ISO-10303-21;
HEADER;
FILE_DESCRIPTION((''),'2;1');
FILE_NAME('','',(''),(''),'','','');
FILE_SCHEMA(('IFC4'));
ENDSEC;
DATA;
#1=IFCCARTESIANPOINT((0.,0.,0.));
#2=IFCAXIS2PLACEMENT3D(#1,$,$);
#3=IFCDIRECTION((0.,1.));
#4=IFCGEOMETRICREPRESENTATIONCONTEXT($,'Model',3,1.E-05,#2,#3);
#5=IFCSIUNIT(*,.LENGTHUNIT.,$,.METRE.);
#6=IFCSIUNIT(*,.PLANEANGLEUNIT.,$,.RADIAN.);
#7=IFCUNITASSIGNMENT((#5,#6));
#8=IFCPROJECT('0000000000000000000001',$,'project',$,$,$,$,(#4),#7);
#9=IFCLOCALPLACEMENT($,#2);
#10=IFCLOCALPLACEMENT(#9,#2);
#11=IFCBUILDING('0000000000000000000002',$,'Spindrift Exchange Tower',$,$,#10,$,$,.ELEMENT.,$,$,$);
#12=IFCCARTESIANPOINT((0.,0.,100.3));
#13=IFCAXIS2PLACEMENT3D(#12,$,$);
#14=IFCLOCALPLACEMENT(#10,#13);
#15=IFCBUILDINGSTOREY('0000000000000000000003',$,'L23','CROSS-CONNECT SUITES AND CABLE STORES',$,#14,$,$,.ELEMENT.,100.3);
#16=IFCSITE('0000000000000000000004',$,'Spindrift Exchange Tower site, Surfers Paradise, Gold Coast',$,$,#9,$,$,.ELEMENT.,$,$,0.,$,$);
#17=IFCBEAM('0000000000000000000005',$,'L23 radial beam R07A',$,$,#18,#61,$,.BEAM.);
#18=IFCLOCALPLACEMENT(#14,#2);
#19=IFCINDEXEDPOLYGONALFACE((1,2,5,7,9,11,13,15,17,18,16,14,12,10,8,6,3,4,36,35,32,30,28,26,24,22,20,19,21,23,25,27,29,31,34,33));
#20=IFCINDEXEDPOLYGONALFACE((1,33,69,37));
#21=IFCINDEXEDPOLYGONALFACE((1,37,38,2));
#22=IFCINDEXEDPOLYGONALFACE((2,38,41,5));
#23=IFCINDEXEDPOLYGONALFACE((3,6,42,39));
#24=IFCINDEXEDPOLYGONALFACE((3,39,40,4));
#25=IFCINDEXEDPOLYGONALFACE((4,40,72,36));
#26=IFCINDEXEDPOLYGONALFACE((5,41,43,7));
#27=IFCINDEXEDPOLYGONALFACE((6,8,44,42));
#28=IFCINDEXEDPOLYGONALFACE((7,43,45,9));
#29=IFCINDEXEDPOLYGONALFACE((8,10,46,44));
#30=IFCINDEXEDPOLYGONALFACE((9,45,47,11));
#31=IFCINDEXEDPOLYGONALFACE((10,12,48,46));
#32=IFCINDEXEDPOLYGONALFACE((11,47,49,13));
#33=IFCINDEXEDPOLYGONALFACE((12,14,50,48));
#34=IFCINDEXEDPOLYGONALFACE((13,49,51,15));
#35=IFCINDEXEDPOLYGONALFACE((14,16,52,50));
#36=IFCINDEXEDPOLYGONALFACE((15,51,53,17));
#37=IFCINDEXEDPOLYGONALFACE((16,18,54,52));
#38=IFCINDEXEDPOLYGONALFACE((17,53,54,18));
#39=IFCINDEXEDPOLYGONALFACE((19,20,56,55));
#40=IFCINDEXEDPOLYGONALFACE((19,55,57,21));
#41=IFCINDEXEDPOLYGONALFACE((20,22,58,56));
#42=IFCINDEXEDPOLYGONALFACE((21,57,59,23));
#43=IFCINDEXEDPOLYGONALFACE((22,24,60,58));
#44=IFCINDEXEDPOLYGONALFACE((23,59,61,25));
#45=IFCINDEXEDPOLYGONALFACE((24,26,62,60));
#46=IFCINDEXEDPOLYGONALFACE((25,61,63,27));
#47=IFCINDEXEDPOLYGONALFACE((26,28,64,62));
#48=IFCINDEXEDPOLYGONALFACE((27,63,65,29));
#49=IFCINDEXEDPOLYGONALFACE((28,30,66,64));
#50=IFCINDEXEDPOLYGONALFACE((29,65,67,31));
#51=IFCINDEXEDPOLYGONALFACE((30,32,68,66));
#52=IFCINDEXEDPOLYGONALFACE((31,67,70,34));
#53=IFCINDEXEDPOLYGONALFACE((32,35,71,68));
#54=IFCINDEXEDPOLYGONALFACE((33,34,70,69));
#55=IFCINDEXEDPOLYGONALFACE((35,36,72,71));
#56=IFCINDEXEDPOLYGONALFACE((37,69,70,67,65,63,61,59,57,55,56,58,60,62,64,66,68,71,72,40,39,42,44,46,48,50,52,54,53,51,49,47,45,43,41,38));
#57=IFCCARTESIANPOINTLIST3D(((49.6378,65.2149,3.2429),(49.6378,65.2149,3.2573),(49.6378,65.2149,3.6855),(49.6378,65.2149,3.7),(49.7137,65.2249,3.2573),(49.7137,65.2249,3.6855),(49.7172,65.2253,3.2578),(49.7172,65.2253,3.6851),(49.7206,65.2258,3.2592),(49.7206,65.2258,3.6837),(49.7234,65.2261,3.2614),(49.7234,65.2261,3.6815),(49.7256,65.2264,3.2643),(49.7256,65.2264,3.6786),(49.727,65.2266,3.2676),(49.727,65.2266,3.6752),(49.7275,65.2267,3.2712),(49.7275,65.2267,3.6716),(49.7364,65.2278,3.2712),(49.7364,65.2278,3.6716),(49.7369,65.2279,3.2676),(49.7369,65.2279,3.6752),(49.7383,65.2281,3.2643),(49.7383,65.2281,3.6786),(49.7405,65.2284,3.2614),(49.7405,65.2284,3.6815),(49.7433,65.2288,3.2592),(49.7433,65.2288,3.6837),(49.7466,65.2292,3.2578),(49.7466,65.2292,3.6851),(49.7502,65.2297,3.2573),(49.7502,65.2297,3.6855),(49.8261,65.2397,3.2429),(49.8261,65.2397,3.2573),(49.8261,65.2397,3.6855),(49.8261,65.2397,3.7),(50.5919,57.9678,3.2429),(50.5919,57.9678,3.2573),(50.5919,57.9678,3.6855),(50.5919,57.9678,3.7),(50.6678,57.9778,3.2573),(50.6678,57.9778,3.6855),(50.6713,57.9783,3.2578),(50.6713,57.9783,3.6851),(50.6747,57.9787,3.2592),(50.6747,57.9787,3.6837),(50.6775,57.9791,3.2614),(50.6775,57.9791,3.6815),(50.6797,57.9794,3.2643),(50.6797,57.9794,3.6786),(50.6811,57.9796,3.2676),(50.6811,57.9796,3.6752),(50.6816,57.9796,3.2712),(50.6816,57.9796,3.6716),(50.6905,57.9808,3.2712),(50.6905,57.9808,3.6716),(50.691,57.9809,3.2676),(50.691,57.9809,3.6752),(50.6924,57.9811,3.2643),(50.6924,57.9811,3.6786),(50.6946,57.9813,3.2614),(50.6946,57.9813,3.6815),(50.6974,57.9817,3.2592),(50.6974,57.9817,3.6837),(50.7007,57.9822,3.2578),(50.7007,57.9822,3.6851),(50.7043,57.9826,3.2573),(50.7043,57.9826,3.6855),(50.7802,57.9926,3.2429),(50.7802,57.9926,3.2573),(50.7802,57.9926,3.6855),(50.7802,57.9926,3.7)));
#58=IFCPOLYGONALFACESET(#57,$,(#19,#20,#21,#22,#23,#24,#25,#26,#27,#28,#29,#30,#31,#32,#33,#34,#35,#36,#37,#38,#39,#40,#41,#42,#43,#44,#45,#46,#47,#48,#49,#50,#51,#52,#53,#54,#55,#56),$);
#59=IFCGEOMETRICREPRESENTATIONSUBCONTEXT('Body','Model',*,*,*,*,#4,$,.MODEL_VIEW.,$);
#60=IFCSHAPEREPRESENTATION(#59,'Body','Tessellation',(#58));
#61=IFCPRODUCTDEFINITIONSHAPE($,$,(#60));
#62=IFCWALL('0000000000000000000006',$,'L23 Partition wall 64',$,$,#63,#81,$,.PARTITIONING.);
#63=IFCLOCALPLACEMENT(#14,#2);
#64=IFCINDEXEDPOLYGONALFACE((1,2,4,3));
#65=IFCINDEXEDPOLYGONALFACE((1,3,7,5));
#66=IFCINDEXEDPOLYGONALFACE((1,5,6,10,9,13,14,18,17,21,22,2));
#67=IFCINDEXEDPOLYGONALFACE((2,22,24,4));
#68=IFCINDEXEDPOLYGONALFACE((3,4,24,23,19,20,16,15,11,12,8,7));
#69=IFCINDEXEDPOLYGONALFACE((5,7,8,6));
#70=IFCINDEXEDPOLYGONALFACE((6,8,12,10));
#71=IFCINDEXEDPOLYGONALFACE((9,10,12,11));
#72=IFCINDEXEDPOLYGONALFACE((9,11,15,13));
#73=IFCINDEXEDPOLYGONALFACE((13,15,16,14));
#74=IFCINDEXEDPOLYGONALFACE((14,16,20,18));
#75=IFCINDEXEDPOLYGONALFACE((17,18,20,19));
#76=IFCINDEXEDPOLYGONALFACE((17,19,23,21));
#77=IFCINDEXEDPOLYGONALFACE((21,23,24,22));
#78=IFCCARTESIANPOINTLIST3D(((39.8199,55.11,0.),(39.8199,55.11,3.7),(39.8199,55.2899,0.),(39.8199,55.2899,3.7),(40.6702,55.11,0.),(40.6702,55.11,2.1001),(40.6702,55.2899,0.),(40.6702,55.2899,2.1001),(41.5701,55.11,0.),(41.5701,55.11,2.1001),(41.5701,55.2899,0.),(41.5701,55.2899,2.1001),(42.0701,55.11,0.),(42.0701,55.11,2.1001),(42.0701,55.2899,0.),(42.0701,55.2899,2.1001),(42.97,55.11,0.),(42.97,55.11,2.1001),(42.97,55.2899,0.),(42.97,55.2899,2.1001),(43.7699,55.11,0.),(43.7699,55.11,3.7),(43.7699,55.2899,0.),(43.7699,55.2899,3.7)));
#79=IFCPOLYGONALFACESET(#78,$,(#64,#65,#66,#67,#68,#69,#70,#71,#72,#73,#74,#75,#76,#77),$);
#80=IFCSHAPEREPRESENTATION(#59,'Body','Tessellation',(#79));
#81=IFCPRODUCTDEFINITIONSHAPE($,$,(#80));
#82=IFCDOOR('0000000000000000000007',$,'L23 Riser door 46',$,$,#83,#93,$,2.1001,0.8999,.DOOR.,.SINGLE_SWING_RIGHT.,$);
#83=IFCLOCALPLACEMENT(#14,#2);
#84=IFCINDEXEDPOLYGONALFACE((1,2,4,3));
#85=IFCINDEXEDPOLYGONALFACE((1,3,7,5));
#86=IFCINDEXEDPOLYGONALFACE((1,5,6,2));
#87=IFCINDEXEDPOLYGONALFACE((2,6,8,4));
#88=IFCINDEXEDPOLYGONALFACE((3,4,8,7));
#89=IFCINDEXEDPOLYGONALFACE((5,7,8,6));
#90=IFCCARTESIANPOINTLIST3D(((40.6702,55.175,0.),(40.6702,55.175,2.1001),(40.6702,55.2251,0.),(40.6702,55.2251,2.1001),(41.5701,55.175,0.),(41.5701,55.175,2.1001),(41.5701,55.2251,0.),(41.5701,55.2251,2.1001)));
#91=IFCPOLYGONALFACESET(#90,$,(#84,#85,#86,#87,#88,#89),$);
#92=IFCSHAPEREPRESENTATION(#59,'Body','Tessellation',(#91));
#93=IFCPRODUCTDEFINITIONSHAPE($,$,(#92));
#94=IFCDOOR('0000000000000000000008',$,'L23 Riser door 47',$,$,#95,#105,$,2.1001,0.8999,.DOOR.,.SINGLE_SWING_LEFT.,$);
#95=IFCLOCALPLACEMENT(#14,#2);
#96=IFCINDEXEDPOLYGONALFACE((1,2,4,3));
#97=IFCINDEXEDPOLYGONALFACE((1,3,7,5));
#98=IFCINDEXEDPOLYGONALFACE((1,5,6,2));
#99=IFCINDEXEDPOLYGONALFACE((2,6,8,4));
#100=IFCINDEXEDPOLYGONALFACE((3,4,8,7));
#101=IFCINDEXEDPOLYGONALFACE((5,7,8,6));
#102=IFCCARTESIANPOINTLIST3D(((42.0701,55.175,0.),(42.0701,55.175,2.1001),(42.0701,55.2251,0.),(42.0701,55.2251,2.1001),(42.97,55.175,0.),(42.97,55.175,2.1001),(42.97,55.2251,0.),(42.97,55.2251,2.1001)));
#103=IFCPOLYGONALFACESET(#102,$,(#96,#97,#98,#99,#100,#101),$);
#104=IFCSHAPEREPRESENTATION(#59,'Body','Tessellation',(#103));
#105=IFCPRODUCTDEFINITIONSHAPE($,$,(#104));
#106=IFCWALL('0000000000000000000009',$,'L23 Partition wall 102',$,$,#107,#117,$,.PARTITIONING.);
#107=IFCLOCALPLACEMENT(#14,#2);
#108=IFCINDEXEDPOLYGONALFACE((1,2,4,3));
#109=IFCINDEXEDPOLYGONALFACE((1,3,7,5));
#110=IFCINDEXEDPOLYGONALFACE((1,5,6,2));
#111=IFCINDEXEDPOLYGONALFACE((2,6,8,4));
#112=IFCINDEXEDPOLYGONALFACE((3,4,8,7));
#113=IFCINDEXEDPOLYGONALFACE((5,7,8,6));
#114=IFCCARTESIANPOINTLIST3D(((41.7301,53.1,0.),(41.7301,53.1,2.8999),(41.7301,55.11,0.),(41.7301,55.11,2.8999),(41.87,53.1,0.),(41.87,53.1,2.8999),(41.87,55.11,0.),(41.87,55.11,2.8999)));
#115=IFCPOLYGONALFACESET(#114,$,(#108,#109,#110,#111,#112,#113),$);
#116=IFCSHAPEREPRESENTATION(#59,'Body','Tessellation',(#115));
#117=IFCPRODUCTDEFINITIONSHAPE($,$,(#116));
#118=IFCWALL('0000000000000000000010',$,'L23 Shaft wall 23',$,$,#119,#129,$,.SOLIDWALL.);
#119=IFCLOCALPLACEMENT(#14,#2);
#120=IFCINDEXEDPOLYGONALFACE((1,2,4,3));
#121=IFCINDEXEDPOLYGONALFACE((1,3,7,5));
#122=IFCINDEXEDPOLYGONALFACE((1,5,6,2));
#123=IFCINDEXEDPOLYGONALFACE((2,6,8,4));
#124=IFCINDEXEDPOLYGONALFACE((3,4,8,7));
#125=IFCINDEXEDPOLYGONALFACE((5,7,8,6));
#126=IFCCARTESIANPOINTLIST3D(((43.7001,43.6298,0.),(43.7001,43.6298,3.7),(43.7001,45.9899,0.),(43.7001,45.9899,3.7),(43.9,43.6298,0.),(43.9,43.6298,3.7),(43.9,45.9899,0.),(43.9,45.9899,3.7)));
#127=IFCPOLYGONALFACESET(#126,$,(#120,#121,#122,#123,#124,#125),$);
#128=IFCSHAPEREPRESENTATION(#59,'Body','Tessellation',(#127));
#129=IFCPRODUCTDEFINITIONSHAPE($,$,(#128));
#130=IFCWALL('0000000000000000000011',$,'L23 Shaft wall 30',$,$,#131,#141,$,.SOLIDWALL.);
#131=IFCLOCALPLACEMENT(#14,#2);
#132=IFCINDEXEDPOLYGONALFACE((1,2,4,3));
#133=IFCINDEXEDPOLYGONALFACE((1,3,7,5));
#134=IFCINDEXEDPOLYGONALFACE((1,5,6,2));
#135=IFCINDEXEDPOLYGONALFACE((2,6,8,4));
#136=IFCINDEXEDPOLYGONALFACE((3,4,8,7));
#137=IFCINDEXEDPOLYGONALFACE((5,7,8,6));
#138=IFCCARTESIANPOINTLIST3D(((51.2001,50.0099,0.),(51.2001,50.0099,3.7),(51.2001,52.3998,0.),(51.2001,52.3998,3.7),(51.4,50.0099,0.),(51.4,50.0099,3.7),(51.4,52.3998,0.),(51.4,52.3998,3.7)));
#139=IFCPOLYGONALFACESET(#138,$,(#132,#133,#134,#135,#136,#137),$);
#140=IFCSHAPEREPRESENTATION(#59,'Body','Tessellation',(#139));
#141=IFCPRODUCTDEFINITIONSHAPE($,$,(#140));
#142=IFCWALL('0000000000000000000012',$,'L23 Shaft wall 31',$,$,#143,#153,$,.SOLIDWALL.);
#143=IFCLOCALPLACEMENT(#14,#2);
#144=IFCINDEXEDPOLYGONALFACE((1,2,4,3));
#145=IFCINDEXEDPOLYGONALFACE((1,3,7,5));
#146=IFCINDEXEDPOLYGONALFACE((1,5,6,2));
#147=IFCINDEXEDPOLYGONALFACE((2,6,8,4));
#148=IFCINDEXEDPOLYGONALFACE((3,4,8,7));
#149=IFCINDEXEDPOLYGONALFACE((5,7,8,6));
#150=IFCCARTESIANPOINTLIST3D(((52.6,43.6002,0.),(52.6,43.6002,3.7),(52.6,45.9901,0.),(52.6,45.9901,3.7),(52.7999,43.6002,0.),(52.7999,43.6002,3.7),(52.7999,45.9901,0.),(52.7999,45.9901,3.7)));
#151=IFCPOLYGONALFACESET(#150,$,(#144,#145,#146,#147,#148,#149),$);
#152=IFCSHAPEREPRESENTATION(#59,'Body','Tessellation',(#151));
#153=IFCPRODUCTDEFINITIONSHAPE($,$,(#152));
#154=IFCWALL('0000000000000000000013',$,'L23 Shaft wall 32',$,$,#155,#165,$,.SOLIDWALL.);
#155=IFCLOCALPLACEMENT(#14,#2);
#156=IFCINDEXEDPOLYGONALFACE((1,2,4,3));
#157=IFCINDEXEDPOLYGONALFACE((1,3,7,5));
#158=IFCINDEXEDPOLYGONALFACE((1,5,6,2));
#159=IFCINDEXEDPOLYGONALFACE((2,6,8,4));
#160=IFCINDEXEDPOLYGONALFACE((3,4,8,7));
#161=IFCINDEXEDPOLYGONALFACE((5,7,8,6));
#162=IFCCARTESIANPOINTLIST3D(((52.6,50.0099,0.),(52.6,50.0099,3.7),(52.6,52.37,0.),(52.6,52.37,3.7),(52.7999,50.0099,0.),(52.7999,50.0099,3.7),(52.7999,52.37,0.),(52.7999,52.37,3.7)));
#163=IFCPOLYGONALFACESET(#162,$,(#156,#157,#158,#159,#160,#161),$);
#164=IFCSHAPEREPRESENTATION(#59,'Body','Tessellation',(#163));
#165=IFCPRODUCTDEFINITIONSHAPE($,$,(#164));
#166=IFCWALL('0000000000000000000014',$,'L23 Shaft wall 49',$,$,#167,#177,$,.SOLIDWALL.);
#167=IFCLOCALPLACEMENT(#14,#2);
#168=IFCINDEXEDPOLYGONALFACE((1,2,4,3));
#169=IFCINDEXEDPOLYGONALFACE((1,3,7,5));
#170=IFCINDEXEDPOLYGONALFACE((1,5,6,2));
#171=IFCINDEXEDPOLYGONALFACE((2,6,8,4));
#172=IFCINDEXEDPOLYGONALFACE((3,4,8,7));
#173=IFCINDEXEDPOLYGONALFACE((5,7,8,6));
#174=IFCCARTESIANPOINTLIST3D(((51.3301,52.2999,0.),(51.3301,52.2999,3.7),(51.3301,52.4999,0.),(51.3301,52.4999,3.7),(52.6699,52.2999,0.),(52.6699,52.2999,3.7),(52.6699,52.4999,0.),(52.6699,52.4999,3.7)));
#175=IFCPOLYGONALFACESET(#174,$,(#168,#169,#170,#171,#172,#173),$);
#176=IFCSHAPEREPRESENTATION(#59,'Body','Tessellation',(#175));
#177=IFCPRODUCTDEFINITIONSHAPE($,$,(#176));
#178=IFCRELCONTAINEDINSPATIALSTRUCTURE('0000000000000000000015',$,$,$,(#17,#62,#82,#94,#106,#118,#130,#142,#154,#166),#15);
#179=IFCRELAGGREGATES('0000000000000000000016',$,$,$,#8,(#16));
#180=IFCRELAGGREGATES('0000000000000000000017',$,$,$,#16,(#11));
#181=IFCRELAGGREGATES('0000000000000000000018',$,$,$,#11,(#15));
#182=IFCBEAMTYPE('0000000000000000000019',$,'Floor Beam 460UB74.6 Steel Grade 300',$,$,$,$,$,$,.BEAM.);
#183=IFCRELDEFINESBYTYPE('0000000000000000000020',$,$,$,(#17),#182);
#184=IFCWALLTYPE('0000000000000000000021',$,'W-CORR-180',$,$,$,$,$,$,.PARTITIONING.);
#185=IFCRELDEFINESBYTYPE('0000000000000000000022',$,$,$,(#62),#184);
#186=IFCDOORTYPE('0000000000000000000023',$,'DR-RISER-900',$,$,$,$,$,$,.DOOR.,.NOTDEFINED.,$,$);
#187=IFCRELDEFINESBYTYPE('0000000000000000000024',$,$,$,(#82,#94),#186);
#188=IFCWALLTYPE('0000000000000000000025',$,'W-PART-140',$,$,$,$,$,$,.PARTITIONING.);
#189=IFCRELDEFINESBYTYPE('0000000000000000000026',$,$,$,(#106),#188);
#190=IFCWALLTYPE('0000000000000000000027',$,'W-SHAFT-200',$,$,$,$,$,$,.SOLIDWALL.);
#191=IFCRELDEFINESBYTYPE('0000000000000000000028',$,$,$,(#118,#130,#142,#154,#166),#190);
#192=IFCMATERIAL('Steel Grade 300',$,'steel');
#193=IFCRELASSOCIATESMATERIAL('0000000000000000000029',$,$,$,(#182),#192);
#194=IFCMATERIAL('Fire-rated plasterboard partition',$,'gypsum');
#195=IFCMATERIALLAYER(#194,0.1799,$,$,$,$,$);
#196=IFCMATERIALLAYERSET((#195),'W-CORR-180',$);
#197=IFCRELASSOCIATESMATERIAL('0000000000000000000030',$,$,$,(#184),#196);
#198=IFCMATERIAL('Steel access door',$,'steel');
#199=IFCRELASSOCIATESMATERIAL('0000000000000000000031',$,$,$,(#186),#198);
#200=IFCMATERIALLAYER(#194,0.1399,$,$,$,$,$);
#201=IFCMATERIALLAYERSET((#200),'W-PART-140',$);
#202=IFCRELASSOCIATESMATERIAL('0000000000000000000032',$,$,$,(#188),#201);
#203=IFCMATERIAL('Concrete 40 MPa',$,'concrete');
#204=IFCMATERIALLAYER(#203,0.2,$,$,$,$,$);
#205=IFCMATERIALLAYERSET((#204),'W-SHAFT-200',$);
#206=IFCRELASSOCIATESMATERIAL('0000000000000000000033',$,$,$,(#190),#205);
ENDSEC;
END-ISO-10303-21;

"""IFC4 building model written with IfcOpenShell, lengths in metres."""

from ifc_helpers import new_model, si_unit, direction, frame, frame_2d, origin, origin_2d, place, context, subcontext, project, spatial, rectangle, i_section, extrude, source, transform, mapped, material, layer, layer_set, material_profile, profile_set, type_object, element, fill, save


model = new_model("IFC4")

# Units and contexts
model_context = context("Model", 3, precision=1e-05, world=origin(), true_north=direction((0.0, 1.0)))
body_context = subcontext(model_context, "Body", "Model", "MODEL_VIEW")
ifc_project = project(units=[si_unit("LENGTHUNIT", "METRE"), si_unit("PLANEANGLEUNIT", "RADIAN")], contexts=[model_context])

# Site, building, storey
site_placement = place(None, origin())
site = spatial("IfcSite", under=ifc_project, at=site_placement, Name="Spindrift Exchange Tower site, Surfers Paradise, Gold Coast", CompositionType="ELEMENT", RefElevation=0.0)
building_placement = place(site_placement, origin())
building = spatial("IfcBuilding", under=site, at=building_placement, Name="Spindrift Exchange Tower", CompositionType="ELEMENT")
storey_placement = place(building_placement, frame((0.0, 0.0, 100.3)))
storey = spatial("IfcBuildingStorey", under=building, at=storey_placement, Name="L23", Description="CROSS-CONNECT SUITES AND CABLE STORES", CompositionType="ELEMENT", Elevation=100.3)

# Beam
ifc_material_1 = material(Name="Steel Grade 300", Category="steel")
ifc_material_profile = material_profile(ifc_material_1, i_section(OverallWidth=0.1899, OverallDepth=0.457, WebThickness=0.009, FlangeThickness=0.0144, FilletRadius=0.0139, at=origin_2d()), Name="460UB74.6")
ifc_profile_set = profile_set([ifc_material_profile], Name="Steel Grade 300")
beam_type = type_object("IfcBeamType", Name="Floor Beam 460UB74.6 Steel Grade 300", PredefinedType="BEAM", material=ifc_profile_set)
shared_shape_1 = source(origin(), body_context, "Body", "SweptSolid", [
    extrude(i_section(OverallWidth=0.1899, OverallDepth=0.457, WebThickness=0.009, FlangeThickness=0.0144, FilletRadius=0.0139, at=origin_2d()), origin(), (0.0, 0.0, 1.0), 7.3096),
])
beam_placement = place(storey_placement, frame((50.686, 57.9802, 3.4714), z_axis=(-0.130527, 0.991445, 0.0), x_axis=(-0.991445, -0.130527, 0.0)))
element("IfcBeam", 1, at=beam_placement, inside=storey, type_object=beam_type, Name="L23 radial beam R07A", PredefinedType="BEAM", context=body_context, shape_type="MappedRepresentation", body=[
    mapped(shared_shape_1, transform((0.0, 0.0, 0.0), scale=1.0)),
])

# Wall, openings, doors
ifc_material_2 = material(Name="Fire-rated plasterboard partition", Category="gypsum")
ifc_layer_1 = layer(ifc_material_2, 0.1799)
ifc_layer_set_1 = layer_set([ifc_layer_1], Name="W-CORR-180")
wall_type_1 = type_object("IfcWallType", Name="W-CORR-180", PredefinedType="PARTITIONING", material=ifc_layer_set_1)
wall_1_placement = place(storey_placement, frame((43.77, 55.2, 0.0), z_axis=(0.0, 0.0, 1.0), x_axis=(-1.0, 0.0, 0.0)))
wall_1 = element("IfcWall", 2, at=wall_1_placement, inside=storey, type_object=wall_type_1, Name="L23 Partition wall 64", PredefinedType="PARTITIONING", context=body_context, shape_type="SweptSolid", body=[
    extrude(rectangle(XDim=3.95, YDim=0.1799, at=frame_2d((1.9751, 0.0))), origin(), (0.0, 0.0, 1.0), 3.7),
])
opening_1_placement = place(wall_1_placement, frame((2.2, 0.0, 0.0)))
opening_1 = element("IfcOpeningElement", 3, at=opening_1_placement, cuts=wall_1, PredefinedType="OPENING", context=body_context, shape_type="SweptSolid", body=[
    extrude(rectangle(XDim=0.8999, YDim=2.1001, at=frame_2d((0.45, 1.05))), frame((0.0, 0.0999, 0.0), z_axis=(0.0, -1.0, 0.0), x_axis=(1.0, 0.0, 0.0)), (0.0, 0.0, 1.0), 0.2),
])
opening_2_placement = place(wall_1_placement, frame((0.8, 0.0, 0.0)))
opening_2 = element("IfcOpeningElement", 4, at=opening_2_placement, cuts=wall_1, PredefinedType="OPENING", context=body_context, shape_type="SweptSolid", body=[
    extrude(rectangle(XDim=0.8999, YDim=2.1001, at=frame_2d((0.45, 1.05))), frame((0.0, 0.0999, 0.0), z_axis=(0.0, -1.0, 0.0), x_axis=(1.0, 0.0, 0.0)), (0.0, 0.0, 1.0), 0.2),
])
ifc_material_3 = material(Name="Steel access door", Category="steel")
door_type_1 = type_object("IfcDoorType", Name="DR-RISER-900", OperationType="NOTDEFINED", PredefinedType="DOOR", material=ifc_material_3)
shared_shape_2 = source(origin(), body_context, "Body", "SweptSolid", [
    extrude(rectangle(XDim=0.8999, YDim=2.1001, at=frame_2d((0.45, 1.05))), frame((0.0, 0.0249, 0.0), z_axis=(0.0, -1.0, 0.0), x_axis=(1.0, 0.0, 0.0)), (0.0, 0.0, 1.0), 0.05),
])
door_1_placement = place(opening_1_placement, origin())
door_1 = element("IfcDoor", 5, at=door_1_placement, inside=storey, type_object=door_type_1, Name="L23 Riser door 46", OperationType="SINGLE_SWING_RIGHT", OverallHeight=2.1001, OverallWidth=0.8999, PredefinedType="DOOR", context=body_context, shape_type="MappedRepresentation", body=[
    mapped(shared_shape_2, transform((0.0, 0.0, 0.0), scale=1.0)),
])
fill(opening_1, door_1)
door_2_placement = place(opening_2_placement, origin())
door_2 = element("IfcDoor", 6, at=door_2_placement, inside=storey, type_object=door_type_1, Name="L23 Riser door 47", OperationType="SINGLE_SWING_LEFT", OverallHeight=2.1001, OverallWidth=0.8999, PredefinedType="DOOR", context=body_context, shape_type="MappedRepresentation", body=[
    mapped(shared_shape_2, transform((0.0, 0.0, 0.0), scale=1.0)),
])
fill(opening_2, door_2)

# Walls
ifc_layer_2 = layer(ifc_material_2, 0.1399)
ifc_layer_set_2 = layer_set([ifc_layer_2], Name="W-PART-140")
wall_type_2 = type_object("IfcWallType", Name="W-PART-140", PredefinedType="PARTITIONING", material=ifc_layer_set_2)
wall_2_placement = place(storey_placement, frame((41.8, 53.1001, 0.0), z_axis=(0.0, 0.0, 1.0), x_axis=(0.0, 1.0, 0.0)))
element("IfcWall", 7, at=wall_2_placement, inside=storey, type_object=wall_type_2, Name="L23 Partition wall 102", PredefinedType="PARTITIONING", context=body_context, shape_type="SweptSolid", body=[
    extrude(rectangle(XDim=2.01, YDim=0.1399, at=frame_2d((1.0049, 0.0))), origin(), (0.0, 0.0, 1.0), 2.8999),
])
ifc_material_4 = material(Name="Concrete 40 MPa", Category="concrete")
ifc_layer_3 = layer(ifc_material_4, 0.2)
ifc_layer_set_3 = layer_set([ifc_layer_3], Name="W-SHAFT-200")
wall_type_3 = type_object("IfcWallType", Name="W-SHAFT-200", PredefinedType="SOLIDWALL", material=ifc_layer_set_3)
wall_3_placement = place(storey_placement, frame((43.8, 45.99, 0.0), z_axis=(0.0, 0.0, 1.0), x_axis=(0.0, -1.0, 0.0)))
element("IfcWall", 8, at=wall_3_placement, inside=storey, type_object=wall_type_3, Name="L23 Shaft wall 23", PredefinedType="SOLIDWALL", context=body_context, shape_type="SweptSolid", body=[
    extrude(rectangle(XDim=2.3601, YDim=0.2, at=frame_2d((1.1802, 0.0))), origin(), (0.0, 0.0, 1.0), 3.7),
])
for number, where, z_axis, x_axis, name in (
    (9, (51.3, 50.01, 0.0), (0.0, 0.0, 1.0), (0.0, 1.0, 0.0), "L23 Shaft wall 30"),
    (10, (52.7, 45.99, 0.0), (0.0, 0.0, 1.0), (0.0, -1.0, 0.0), "L23 Shaft wall 31"),
):
    element("IfcWall", number, at=place(storey_placement, frame(where, z_axis=z_axis, x_axis=x_axis)), inside=storey, type_object=wall_type_3, Name=name, PredefinedType="SOLIDWALL", context=body_context, shape_type="SweptSolid", body=[
        extrude(rectangle(XDim=2.3899, YDim=0.2, at=frame_2d((1.1948, 0.0))), origin(), (0.0, 0.0, 1.0), 3.7),
    ])
wall_4_placement = place(storey_placement, frame((52.7, 52.3701, 0.0), z_axis=(0.0, 0.0, 1.0), x_axis=(0.0, -1.0, 0.0)))
element("IfcWall", 11, at=wall_4_placement, inside=storey, type_object=wall_type_3, Name="L23 Shaft wall 32", PredefinedType="SOLIDWALL", context=body_context, shape_type="SweptSolid", body=[
    extrude(rectangle(XDim=2.3601, YDim=0.2, at=frame_2d((1.1802, 0.0))), origin(), (0.0, 0.0, 1.0), 3.7),
])
wall_5_placement = place(storey_placement, frame((51.3301, 52.3999, 0.0), z_axis=(0.0, 0.0, 1.0), x_axis=(1.0, 0.0, 0.0)))
element("IfcWall", 12, at=wall_5_placement, inside=storey, type_object=wall_type_3, Name="L23 Shaft wall 49", PredefinedType="SOLIDWALL", context=body_context, shape_type="SweptSolid", body=[
    extrude(rectangle(XDim=1.3398, YDim=0.2, at=frame_2d((0.6699, 0.0))), origin(), (0.0, 0.0, 1.0), 3.7),
])

save(model, "model.ifc")
